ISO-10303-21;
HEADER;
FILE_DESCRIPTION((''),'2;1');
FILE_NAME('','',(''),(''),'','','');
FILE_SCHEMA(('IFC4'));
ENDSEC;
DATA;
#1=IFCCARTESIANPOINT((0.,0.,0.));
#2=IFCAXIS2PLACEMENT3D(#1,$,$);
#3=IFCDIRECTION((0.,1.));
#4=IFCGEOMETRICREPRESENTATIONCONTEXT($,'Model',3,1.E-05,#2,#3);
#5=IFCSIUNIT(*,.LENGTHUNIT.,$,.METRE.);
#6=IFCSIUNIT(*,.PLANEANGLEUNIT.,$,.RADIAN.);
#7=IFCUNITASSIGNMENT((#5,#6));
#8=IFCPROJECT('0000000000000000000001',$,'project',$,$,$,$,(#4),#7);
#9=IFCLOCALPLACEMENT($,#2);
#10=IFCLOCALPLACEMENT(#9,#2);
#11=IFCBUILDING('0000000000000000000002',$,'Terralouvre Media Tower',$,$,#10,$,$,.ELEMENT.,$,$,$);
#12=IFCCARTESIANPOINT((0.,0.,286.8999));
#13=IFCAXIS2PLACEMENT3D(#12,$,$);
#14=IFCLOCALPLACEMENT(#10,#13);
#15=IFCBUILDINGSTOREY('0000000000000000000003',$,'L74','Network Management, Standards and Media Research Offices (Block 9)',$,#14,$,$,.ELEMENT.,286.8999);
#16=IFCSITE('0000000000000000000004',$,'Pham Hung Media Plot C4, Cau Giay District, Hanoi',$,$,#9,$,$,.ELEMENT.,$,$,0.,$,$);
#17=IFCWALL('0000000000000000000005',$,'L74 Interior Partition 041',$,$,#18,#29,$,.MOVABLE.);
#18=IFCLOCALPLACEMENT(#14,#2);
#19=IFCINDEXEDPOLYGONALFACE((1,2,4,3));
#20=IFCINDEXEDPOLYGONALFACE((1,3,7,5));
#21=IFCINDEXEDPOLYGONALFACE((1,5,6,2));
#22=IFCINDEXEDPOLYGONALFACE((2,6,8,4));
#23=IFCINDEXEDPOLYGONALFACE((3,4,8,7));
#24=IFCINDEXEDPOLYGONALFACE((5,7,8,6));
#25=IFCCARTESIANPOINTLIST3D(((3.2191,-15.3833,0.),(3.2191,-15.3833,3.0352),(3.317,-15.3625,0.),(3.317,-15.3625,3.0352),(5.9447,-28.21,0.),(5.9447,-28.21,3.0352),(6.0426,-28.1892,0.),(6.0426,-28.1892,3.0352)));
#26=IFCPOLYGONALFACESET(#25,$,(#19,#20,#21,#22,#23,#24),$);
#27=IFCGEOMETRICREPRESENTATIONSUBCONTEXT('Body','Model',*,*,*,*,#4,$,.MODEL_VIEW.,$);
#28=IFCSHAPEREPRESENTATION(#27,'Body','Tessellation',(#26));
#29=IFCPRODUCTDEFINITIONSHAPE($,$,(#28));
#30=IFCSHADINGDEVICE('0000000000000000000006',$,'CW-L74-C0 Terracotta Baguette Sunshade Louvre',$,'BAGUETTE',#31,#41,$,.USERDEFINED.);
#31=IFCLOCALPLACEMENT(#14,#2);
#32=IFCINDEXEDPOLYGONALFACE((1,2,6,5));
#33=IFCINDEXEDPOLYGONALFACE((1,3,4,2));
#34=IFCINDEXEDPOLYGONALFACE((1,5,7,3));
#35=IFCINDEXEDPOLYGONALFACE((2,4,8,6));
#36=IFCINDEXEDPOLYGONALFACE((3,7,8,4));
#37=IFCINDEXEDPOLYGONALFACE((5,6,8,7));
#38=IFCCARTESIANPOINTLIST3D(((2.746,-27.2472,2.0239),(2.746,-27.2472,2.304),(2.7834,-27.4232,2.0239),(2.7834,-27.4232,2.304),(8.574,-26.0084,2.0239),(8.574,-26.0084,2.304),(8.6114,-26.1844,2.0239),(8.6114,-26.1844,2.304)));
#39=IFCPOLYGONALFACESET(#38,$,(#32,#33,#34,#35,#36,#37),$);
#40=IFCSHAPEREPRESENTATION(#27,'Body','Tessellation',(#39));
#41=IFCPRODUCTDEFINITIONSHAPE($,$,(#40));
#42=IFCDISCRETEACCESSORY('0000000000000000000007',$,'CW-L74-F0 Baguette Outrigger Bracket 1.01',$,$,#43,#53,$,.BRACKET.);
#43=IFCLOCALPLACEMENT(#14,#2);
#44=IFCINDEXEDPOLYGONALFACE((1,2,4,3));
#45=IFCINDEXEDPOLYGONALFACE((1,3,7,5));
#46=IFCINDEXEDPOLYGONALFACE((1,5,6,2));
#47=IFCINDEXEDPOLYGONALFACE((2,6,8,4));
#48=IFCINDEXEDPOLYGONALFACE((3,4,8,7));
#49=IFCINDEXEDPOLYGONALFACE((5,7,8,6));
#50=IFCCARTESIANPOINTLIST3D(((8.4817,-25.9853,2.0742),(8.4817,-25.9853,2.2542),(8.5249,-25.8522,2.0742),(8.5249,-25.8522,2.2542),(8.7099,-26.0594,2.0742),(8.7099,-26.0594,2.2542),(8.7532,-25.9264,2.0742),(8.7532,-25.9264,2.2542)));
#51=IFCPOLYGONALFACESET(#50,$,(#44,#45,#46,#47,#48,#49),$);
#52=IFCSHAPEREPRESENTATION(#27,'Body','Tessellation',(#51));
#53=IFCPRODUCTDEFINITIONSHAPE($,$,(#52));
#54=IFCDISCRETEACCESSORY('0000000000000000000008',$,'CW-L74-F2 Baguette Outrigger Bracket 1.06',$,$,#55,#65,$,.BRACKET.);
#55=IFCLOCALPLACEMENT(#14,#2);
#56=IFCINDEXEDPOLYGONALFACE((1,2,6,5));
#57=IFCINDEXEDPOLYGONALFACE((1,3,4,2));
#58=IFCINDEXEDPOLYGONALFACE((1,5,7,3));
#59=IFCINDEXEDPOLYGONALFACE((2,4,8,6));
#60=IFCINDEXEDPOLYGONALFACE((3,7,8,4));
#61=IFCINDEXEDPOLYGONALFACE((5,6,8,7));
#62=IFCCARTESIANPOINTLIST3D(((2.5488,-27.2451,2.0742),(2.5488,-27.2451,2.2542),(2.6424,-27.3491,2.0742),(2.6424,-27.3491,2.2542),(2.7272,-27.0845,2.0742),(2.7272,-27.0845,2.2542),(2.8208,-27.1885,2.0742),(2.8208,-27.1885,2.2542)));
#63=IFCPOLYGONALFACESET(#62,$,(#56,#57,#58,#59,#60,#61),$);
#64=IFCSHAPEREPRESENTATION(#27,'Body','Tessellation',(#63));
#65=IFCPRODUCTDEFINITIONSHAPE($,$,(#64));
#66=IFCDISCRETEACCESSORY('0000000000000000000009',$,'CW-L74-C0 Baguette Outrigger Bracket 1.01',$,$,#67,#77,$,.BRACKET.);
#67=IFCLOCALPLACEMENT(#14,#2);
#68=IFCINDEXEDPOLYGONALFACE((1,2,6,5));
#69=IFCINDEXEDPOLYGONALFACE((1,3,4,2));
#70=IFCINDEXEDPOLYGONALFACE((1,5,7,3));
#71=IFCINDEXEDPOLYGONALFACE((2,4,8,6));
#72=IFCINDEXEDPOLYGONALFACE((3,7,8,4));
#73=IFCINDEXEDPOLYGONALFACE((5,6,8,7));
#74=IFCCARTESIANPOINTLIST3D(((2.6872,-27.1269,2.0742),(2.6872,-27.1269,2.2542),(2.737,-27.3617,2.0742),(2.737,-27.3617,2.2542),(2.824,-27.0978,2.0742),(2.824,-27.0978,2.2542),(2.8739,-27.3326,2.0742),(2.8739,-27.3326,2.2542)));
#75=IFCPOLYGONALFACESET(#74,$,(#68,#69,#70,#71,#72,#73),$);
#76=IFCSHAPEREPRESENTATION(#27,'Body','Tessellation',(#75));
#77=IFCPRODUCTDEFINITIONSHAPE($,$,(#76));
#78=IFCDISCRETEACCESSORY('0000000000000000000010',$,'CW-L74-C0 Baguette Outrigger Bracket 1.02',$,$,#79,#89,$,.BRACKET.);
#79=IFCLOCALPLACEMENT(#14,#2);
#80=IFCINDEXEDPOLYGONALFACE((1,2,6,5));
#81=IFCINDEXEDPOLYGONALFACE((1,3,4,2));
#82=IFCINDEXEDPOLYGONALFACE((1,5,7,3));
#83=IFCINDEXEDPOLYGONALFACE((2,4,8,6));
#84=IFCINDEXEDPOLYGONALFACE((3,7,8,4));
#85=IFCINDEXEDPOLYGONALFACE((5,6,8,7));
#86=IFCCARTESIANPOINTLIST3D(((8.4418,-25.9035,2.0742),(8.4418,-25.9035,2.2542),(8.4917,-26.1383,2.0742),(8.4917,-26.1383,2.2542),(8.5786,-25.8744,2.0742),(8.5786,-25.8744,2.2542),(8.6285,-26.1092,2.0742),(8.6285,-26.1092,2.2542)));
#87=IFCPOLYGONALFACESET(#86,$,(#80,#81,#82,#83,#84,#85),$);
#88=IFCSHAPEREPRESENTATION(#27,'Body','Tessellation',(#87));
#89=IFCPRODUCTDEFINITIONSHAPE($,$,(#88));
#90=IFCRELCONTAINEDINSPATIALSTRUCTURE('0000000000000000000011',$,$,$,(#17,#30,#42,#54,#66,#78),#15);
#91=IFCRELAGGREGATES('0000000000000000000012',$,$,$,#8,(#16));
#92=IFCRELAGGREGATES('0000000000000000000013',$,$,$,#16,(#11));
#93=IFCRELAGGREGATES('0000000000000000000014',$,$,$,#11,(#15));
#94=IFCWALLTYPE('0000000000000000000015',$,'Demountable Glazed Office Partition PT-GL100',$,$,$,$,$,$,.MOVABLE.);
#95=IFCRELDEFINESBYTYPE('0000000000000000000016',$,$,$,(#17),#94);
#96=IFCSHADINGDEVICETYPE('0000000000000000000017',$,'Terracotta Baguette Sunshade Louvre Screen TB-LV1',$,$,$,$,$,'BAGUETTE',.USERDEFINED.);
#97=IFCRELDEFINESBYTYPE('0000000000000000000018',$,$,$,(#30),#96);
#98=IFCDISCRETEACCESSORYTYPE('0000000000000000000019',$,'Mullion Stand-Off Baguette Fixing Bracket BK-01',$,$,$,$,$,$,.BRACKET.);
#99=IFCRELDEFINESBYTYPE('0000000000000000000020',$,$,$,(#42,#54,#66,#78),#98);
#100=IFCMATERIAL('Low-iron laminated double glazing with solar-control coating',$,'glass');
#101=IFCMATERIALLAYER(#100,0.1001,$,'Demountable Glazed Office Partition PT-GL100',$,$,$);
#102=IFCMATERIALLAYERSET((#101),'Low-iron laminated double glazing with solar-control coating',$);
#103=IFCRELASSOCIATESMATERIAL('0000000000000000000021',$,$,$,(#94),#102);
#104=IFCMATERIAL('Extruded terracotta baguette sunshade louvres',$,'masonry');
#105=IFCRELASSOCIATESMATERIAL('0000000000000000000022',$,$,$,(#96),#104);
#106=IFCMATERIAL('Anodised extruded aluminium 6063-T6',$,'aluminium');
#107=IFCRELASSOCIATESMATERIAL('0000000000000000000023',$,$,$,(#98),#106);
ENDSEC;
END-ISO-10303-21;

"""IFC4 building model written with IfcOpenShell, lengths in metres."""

from ifc_helpers import new_model, si_unit, direction, frame, frame_2d, origin, origin_2d, place, context, subcontext, project, spatial, rectangle, extrude, material, layer, layer_set, type_object, element, save


model = new_model("IFC4")

# Units and contexts
model_context = context("Model", 3, precision=1e-05, world=origin(), true_north=direction((0.0, 1.0)))
body_context = subcontext(model_context, "Body", "Model", "MODEL_VIEW")
ifc_project = project(units=[si_unit("LENGTHUNIT", "METRE"), si_unit("PLANEANGLEUNIT", "RADIAN")], contexts=[model_context])

# Site, building, storey
site_placement = place(None, origin())
site = spatial("IfcSite", under=ifc_project, at=site_placement, Name="Pham Hung Media Plot C4, Cau Giay District, Hanoi", CompositionType="ELEMENT", RefElevation=0.0)
building_placement = place(site_placement, origin())
building = spatial("IfcBuilding", under=site, at=building_placement, Name="Terralouvre Media Tower", CompositionType="ELEMENT")
storey_placement = place(building_placement, frame((0.0, 0.0, 286.8999)))
storey = spatial("IfcBuildingStorey", under=building, at=storey_placement, Name="L74", Description="Network Management, Standards and Media Research Offices (Block 9)", CompositionType="ELEMENT", Elevation=286.8999)

# Wall
ifc_material_1 = material(Name="Low-iron laminated double glazing with solar-control coating", Category="glass")
ifc_layer_1 = layer(ifc_material_1, 0.1001, Name="Demountable Glazed Office Partition PT-GL100")
ifc_layer_set_1 = layer_set([ifc_layer_1], Name="Low-iron laminated double glazing with solar-control coating")
wall_type = type_object("IfcWallType", Name="Demountable Glazed Office Partition PT-GL100", PredefinedType="MOVABLE", material=ifc_layer_set_1)
wall_placement = place(storey_placement, frame((5.9937, -28.1997, 0.0), z_axis=(0.0, 0.0, 1.0), x_axis=(-0.207853, 0.97816, 0.0)))
element("IfcWall", 1, at=wall_placement, inside=storey, type_object=wall_type, Name="L74 Interior Partition 041", PredefinedType="MOVABLE", context=body_context, shape_type="SweptSolid", body=[
    extrude(rectangle(XDim=13.113, YDim=0.1001, at=frame_2d((6.5566, 0.0))), origin(), (0.0, 0.0, 1.0), 3.0352),
])

# Shading device
ifc_material_2 = material(Name="Extruded terracotta baguette sunshade louvres", Category="masonry")
shading_device_type = type_object("IfcShadingDeviceType", Name="Terracotta Baguette Sunshade Louvre Screen TB-LV1", ElementType="BAGUETTE", PredefinedType="USERDEFINED", material=ifc_material_2)
shading_device_placement = place(storey_placement, frame((5.6787, -26.7158, 2.0239), z_axis=(0.0, 0.0, 1.0), x_axis=(0.978148, 0.207912, 0.0)))
element("IfcShadingDevice", 2, at=shading_device_placement, inside=storey, type_object=shading_device_type, Name="CW-L74-C0 Terracotta Baguette Sunshade Louvre", ObjectType="BAGUETTE", PredefinedType="USERDEFINED", context=body_context, shape_type="SweptSolid", body=[
    extrude(rectangle(XDim=5.9583, YDim=0.1799, at=origin_2d()), origin(), (0.0, 0.0, 1.0), 0.28),
])

# Discrete accessories
ifc_material_3 = material(Name="Anodised extruded aluminium 6063-T6", Category="aluminium")
discrete_accessory_type = type_object("IfcDiscreteAccessoryType", Name="Mullion Stand-Off Baguette Fixing Bracket BK-01", PredefinedType="BRACKET", material=ifc_material_3)
for number, where, z_axis, x_axis, name in (
    (3, (8.6174, -25.9558, 2.0742), (0.0, 0.0, 1.0), (0.309017, 0.951057, 0.0), "CW-L74-F0 Baguette Outrigger Bracket 1.01"),
    (4, (2.6848, -27.2168, 2.0742), (0.0, 0.0, 1.0), (0.669131, -0.743145, 0.0), "CW-L74-F2 Baguette Outrigger Bracket 1.06"),
    (5, (2.7805, -27.2297, 2.0742), (0.0, 0.0, 1.0), (0.978148, 0.207912, 0.0), "CW-L74-C0 Baguette Outrigger Bracket 1.01"),
    (6, (8.5352, -26.0063, 2.0742), (0.0, 0.0, 1.0), (0.978148, 0.207912, 0.0), "CW-L74-C0 Baguette Outrigger Bracket 1.02"),
):
    element("IfcDiscreteAccessory", number, at=place(storey_placement, frame(where, z_axis=z_axis, x_axis=x_axis)), inside=storey, type_object=discrete_accessory_type, Name=name, PredefinedType="BRACKET", context=body_context, shape_type="SweptSolid", body=[
        extrude(rectangle(XDim=0.1399, YDim=0.24, at=origin_2d()), origin(), (0.0, 0.0, 1.0), 0.1799),
    ])

save(model, "model.ifc")
